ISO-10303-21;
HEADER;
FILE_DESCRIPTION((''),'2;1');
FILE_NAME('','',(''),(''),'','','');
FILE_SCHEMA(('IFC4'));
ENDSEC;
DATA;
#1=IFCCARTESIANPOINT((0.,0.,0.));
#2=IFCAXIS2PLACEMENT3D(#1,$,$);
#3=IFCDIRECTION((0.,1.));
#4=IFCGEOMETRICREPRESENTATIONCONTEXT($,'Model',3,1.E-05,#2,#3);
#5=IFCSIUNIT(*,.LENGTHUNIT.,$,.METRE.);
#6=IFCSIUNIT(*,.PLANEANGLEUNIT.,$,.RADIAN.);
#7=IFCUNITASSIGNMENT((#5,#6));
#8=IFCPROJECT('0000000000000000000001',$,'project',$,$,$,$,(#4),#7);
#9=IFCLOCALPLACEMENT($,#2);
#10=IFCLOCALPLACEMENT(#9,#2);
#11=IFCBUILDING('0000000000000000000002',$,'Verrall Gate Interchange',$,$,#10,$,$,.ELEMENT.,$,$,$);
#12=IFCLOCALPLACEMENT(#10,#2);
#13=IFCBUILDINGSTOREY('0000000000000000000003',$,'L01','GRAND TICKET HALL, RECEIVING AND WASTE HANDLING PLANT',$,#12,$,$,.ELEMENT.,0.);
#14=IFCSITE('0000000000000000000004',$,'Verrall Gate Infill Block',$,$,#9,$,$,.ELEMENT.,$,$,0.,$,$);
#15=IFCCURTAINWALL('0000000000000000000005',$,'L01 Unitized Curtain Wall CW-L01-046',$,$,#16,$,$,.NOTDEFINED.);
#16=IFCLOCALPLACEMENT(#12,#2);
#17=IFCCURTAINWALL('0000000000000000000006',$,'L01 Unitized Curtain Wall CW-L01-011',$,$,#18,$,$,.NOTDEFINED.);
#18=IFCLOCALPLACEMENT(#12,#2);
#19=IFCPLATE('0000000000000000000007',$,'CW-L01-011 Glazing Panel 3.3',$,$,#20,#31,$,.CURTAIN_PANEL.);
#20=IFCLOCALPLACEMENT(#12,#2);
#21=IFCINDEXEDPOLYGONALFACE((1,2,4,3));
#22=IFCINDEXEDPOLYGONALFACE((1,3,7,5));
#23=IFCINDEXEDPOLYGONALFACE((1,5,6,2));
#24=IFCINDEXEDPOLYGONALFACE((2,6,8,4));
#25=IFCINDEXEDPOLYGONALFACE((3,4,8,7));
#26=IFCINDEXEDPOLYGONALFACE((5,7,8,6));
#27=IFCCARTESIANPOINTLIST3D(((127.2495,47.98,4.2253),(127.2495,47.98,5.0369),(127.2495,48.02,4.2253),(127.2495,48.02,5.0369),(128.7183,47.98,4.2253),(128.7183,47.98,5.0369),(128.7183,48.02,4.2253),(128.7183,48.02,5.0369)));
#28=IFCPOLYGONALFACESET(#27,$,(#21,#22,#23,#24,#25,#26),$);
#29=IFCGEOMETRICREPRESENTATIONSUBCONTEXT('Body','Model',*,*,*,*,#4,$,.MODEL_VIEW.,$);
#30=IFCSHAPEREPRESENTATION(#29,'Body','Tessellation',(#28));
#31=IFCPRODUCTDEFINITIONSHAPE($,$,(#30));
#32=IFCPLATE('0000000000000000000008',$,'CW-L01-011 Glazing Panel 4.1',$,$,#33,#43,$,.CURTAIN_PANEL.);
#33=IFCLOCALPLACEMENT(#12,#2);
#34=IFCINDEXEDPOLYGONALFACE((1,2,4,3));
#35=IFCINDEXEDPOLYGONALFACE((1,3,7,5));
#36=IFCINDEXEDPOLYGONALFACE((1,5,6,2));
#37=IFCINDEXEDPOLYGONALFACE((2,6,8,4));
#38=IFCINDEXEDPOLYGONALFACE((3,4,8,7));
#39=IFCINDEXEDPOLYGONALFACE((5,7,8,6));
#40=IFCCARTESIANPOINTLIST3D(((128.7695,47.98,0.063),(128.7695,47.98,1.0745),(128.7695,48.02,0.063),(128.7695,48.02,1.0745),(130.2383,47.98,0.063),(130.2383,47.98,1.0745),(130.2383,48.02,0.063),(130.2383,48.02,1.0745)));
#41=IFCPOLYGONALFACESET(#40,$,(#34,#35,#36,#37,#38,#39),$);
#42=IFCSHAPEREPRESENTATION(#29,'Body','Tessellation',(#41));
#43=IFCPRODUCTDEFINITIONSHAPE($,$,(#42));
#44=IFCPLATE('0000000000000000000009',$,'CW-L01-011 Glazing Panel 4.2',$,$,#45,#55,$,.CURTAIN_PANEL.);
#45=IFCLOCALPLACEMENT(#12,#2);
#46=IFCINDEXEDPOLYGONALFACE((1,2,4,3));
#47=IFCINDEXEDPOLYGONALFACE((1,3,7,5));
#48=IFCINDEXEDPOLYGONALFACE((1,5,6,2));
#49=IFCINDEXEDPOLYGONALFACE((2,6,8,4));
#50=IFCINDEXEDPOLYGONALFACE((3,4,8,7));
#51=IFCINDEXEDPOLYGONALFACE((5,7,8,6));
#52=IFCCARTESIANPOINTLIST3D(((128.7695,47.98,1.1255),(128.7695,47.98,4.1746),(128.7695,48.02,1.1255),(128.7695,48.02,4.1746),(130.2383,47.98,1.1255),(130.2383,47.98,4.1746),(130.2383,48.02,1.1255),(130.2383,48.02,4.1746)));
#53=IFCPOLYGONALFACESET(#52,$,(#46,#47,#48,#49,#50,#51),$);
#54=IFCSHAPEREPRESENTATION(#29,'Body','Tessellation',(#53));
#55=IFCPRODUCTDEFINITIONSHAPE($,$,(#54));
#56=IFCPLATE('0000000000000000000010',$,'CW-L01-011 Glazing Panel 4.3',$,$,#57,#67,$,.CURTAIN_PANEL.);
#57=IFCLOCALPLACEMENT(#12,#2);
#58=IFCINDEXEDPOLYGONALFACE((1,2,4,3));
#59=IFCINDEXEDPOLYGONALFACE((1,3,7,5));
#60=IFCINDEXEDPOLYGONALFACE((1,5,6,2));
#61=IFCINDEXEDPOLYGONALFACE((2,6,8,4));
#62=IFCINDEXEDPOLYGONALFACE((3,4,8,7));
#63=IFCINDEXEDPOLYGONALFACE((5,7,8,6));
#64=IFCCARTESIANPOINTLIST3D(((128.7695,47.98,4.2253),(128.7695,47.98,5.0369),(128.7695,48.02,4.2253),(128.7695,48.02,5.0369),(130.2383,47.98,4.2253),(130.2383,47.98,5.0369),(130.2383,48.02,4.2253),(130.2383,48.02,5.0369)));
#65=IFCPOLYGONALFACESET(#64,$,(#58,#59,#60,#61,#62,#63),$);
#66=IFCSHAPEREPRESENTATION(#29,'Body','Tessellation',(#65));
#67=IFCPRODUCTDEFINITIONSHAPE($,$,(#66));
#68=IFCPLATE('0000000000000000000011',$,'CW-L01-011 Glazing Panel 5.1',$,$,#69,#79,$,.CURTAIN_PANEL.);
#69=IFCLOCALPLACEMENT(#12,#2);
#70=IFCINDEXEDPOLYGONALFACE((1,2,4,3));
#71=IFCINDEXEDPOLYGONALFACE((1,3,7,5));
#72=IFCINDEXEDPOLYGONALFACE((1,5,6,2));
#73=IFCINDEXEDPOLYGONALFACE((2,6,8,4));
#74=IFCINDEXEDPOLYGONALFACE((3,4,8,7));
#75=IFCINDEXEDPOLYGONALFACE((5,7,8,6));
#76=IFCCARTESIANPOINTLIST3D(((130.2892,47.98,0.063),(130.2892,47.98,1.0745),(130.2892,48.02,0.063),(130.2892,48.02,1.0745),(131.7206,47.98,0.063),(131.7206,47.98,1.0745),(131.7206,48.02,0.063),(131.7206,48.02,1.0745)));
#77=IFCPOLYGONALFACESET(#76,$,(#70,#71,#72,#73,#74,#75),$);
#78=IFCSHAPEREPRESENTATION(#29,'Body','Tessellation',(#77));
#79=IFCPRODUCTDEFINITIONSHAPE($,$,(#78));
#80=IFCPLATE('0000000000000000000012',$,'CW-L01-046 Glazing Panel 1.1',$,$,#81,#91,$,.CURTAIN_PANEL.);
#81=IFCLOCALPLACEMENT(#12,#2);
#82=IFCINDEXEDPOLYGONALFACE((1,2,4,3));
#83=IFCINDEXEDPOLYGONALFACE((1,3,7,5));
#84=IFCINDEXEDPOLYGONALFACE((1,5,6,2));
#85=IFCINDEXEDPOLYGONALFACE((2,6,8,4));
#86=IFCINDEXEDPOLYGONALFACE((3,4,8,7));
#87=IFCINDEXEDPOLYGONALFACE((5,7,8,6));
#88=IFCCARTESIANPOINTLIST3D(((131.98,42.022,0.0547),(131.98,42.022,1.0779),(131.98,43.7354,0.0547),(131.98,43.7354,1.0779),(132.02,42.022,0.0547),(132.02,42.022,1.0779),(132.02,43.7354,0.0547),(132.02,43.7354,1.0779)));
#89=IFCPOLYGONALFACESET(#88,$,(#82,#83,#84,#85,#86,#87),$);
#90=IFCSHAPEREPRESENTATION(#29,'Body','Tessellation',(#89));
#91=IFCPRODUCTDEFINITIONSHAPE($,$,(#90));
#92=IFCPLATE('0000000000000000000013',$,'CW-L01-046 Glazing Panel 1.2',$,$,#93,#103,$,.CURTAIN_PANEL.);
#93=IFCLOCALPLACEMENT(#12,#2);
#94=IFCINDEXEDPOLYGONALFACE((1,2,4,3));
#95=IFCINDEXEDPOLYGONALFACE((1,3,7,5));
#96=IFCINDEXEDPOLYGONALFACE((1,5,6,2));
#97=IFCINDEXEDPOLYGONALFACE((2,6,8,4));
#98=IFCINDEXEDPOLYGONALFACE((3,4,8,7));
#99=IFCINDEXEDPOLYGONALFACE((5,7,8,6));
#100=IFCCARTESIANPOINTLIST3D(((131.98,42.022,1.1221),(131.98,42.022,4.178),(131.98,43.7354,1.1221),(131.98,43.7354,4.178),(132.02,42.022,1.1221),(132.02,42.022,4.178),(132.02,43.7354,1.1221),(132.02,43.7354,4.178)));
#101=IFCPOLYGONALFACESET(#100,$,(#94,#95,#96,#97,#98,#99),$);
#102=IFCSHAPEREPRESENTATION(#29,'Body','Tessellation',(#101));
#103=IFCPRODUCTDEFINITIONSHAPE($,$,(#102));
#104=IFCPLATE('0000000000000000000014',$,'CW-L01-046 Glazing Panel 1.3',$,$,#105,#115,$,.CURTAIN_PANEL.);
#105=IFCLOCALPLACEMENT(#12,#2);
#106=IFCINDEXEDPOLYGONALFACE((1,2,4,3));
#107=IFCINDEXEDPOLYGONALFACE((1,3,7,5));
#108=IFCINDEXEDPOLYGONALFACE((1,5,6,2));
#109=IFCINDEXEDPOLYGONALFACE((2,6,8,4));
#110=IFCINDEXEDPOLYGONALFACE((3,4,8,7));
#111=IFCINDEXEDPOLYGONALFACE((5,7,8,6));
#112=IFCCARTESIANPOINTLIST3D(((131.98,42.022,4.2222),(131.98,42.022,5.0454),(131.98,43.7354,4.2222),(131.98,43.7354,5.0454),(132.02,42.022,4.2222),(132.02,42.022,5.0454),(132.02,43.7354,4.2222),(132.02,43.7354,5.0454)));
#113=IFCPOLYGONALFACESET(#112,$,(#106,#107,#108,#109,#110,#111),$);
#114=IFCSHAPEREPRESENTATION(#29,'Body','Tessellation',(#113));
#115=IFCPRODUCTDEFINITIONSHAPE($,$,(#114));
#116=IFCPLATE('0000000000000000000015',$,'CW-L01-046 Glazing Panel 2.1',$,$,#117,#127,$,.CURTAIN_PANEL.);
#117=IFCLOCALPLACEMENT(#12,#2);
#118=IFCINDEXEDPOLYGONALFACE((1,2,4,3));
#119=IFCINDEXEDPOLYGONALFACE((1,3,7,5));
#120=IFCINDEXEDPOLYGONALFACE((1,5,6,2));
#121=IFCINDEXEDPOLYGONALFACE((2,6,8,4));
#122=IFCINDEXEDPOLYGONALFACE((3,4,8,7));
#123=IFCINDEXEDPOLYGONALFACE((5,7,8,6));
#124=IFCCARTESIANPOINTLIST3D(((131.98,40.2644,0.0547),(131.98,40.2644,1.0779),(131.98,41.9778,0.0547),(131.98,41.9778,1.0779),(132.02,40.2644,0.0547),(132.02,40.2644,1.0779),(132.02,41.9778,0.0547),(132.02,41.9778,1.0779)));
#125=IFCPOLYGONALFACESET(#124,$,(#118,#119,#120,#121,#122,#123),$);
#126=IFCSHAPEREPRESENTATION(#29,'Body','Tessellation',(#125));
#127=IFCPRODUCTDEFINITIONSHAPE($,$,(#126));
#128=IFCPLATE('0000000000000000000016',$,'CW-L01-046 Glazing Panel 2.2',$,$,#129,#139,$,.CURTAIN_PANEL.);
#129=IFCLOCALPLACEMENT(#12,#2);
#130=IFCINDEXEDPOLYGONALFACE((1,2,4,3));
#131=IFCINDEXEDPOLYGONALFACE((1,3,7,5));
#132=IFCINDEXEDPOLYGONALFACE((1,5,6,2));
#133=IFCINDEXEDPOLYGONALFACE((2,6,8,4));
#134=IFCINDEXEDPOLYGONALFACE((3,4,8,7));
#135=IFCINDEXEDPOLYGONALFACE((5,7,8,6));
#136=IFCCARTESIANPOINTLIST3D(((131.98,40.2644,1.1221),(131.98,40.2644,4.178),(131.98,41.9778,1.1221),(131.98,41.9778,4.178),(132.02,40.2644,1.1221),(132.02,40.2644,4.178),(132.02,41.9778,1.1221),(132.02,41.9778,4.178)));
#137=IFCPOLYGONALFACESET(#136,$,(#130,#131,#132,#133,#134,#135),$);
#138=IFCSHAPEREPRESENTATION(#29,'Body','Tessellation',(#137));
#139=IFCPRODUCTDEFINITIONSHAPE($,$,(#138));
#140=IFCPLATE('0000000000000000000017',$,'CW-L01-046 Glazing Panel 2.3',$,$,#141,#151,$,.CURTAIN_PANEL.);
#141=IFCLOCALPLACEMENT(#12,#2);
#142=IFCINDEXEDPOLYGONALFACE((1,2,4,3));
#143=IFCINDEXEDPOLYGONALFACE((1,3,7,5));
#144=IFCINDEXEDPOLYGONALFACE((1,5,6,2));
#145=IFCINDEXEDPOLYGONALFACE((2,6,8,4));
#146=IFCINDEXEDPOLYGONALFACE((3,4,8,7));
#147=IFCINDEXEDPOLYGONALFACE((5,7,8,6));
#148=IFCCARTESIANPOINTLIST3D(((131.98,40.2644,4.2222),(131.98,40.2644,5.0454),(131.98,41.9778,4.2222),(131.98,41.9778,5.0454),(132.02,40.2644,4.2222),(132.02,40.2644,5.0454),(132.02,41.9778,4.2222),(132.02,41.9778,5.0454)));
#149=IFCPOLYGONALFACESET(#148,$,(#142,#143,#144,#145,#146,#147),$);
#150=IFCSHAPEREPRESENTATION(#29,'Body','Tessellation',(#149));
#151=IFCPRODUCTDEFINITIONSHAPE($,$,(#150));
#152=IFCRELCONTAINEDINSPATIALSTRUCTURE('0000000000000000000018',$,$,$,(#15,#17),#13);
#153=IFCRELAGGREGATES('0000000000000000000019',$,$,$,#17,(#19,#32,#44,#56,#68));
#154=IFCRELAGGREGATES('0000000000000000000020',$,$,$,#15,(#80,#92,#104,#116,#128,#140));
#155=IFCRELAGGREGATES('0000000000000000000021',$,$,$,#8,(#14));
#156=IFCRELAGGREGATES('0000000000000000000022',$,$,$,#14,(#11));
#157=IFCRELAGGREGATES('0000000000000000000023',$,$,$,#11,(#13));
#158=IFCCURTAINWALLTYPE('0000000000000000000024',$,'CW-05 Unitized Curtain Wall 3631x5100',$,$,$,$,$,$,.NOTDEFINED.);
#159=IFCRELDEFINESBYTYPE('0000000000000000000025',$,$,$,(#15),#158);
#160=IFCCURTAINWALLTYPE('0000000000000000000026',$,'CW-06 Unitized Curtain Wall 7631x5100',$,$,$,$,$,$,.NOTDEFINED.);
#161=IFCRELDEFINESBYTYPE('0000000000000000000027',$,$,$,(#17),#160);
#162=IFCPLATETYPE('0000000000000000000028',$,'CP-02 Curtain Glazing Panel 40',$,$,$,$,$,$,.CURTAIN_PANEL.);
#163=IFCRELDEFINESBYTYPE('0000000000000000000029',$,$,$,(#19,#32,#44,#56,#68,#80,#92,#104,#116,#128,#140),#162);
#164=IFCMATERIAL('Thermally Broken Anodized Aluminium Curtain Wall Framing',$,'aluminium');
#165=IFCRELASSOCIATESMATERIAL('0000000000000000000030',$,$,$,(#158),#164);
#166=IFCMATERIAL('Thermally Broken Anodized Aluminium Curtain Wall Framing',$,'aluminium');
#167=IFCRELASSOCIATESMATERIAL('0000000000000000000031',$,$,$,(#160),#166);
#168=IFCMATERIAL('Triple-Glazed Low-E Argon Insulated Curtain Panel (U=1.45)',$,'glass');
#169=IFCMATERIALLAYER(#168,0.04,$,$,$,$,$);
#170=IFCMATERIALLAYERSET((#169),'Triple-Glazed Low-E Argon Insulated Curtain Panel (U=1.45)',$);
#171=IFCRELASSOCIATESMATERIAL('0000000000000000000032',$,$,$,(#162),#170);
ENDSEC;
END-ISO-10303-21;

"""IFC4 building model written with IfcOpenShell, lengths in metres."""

from ifc_helpers import new_model, si_unit, direction, frame, origin, origin_2d, place, context, subcontext, project, spatial, rectangle, extrude, material, layer, layer_set, type_object, element, aggregate, save


model = new_model("IFC4")

# Units and contexts
model_context = context("Model", 3, precision=1e-05, world=origin(), true_north=direction((0.0, 1.0)))
body_context = subcontext(model_context, "Body", "Model", "MODEL_VIEW")
ifc_project = project(units=[si_unit("LENGTHUNIT", "METRE"), si_unit("PLANEANGLEUNIT", "RADIAN")], contexts=[model_context])

# Site, building, storey
site_placement = place(None, origin())
site = spatial("IfcSite", under=ifc_project, at=site_placement, Name="Verrall Gate Infill Block", CompositionType="ELEMENT", RefElevation=0.0)
building_placement = place(site_placement, origin())
building = spatial("IfcBuilding", under=site, at=building_placement, Name="Verrall Gate Interchange", CompositionType="ELEMENT")
storey_placement = place(building_placement, origin())
storey = spatial("IfcBuildingStorey", under=building, at=storey_placement, Name="L01", Description="GRAND TICKET HALL, RECEIVING AND WASTE HANDLING PLANT", CompositionType="ELEMENT", Elevation=0.0)

# Curtain walls
ifc_material_1 = material(Name="Thermally Broken Anodized Aluminium Curtain Wall Framing", Category="aluminium")
curtain_wall_type_1 = type_object("IfcCurtainWallType", Name="CW-05 Unitized Curtain Wall 3631x5100", PredefinedType="NOTDEFINED", material=ifc_material_1)
curtain_wall_1_placement = place(storey_placement, origin())
curtain_wall_1 = element("IfcCurtainWall", 1, at=curtain_wall_1_placement, inside=storey, type_object=curtain_wall_type_1, Name="L01 Unitized Curtain Wall CW-L01-046", PredefinedType="NOTDEFINED")
ifc_material_2 = material(Name="Thermally Broken Anodized Aluminium Curtain Wall Framing", Category="aluminium")
curtain_wall_type_2 = type_object("IfcCurtainWallType", Name="CW-06 Unitized Curtain Wall 7631x5100", PredefinedType="NOTDEFINED", material=ifc_material_2)
curtain_wall_2_placement = place(storey_placement, origin())
curtain_wall_2 = element("IfcCurtainWall", 2, at=curtain_wall_2_placement, inside=storey, type_object=curtain_wall_type_2, Name="L01 Unitized Curtain Wall CW-L01-011", PredefinedType="NOTDEFINED")

# Plates
ifc_material_3 = material(Name="Triple-Glazed Low-E Argon Insulated Curtain Panel (U=1.45)", Category="glass")
ifc_layer = layer(ifc_material_3, 0.04)
ifc_layer_set = layer_set([ifc_layer], Name="Triple-Glazed Low-E Argon Insulated Curtain Panel (U=1.45)")
plate_type = type_object("IfcPlateType", Name="CP-02 Curtain Glazing Panel 40", PredefinedType="CURTAIN_PANEL", material=ifc_layer_set)
plate_1_placement = place(storey_placement, frame((127.9839, 48.0, 4.2253), z_axis=(0.0, 0.0, 1.0), x_axis=(1.0, 0.0, 0.0)))
plate_1 = element("IfcPlate", 3, at=plate_1_placement, type_object=plate_type, Name="CW-L01-011 Glazing Panel 3.3", PredefinedType="CURTAIN_PANEL", context=body_context, shape_type="SweptSolid", body=[
    extrude(rectangle(XDim=1.4688, YDim=0.04, at=origin_2d()), origin(), (0.0, 0.0, 1.0), 0.8115),
])
plate_2_placement = place(storey_placement, frame((129.5039, 48.0, 0.063), z_axis=(0.0, 0.0, 1.0), x_axis=(1.0, 0.0, 0.0)))
plate_2 = element("IfcPlate", 4, at=plate_2_placement, type_object=plate_type, Name="CW-L01-011 Glazing Panel 4.1", PredefinedType="CURTAIN_PANEL", context=body_context, shape_type="SweptSolid", body=[
    extrude(rectangle(XDim=1.4688, YDim=0.04, at=origin_2d()), origin(), (0.0, 0.0, 1.0), 1.0115),
])
plate_3_placement = place(storey_placement, frame((129.5039, 48.0, 1.1255), z_axis=(0.0, 0.0, 1.0), x_axis=(1.0, 0.0, 0.0)))
plate_3 = element("IfcPlate", 5, at=plate_3_placement, type_object=plate_type, Name="CW-L01-011 Glazing Panel 4.2", PredefinedType="CURTAIN_PANEL", context=body_context, shape_type="SweptSolid", body=[
    extrude(rectangle(XDim=1.4688, YDim=0.04, at=origin_2d()), origin(), (0.0, 0.0, 1.0), 3.0491),
])
plate_4_placement = place(storey_placement, frame((129.5039, 48.0, 4.2253), z_axis=(0.0, 0.0, 1.0), x_axis=(1.0, 0.0, 0.0)))
plate_4 = element("IfcPlate", 6, at=plate_4_placement, type_object=plate_type, Name="CW-L01-011 Glazing Panel 4.3", PredefinedType="CURTAIN_PANEL", context=body_context, shape_type="SweptSolid", body=[
    extrude(rectangle(XDim=1.4688, YDim=0.04, at=origin_2d()), origin(), (0.0, 0.0, 1.0), 0.8115),
])
plate_5_placement = place(storey_placement, frame((131.0049, 48.0, 0.063), z_axis=(0.0, 0.0, 1.0), x_axis=(1.0, 0.0, 0.0)))
plate_5 = element("IfcPlate", 7, at=plate_5_placement, type_object=plate_type, Name="CW-L01-011 Glazing Panel 5.1", PredefinedType="CURTAIN_PANEL", context=body_context, shape_type="SweptSolid", body=[
    extrude(rectangle(XDim=1.4314, YDim=0.04, at=origin_2d()), origin(), (0.0, 0.0, 1.0), 1.0115),
])
aggregate(curtain_wall_2, [plate_1, plate_2, plate_3, plate_4, plate_5])
plate_6_placement = place(storey_placement, frame((132.0, 42.8787, 0.0547), z_axis=(0.0, 0.0, 1.0), x_axis=(0.0, -1.0, 0.0)))
plate_6 = element("IfcPlate", 8, at=plate_6_placement, type_object=plate_type, Name="CW-L01-046 Glazing Panel 1.1", PredefinedType="CURTAIN_PANEL", context=body_context, shape_type="SweptSolid", body=[
    extrude(rectangle(XDim=1.7134, YDim=0.04, at=origin_2d()), origin(), (0.0, 0.0, 1.0), 1.0232),
])
plate_7_placement = place(storey_placement, frame((132.0, 42.8787, 1.1221), z_axis=(0.0, 0.0, 1.0), x_axis=(0.0, -1.0, 0.0)))
plate_7 = element("IfcPlate", 9, at=plate_7_placement, type_object=plate_type, Name="CW-L01-046 Glazing Panel 1.2", PredefinedType="CURTAIN_PANEL", context=body_context, shape_type="SweptSolid", body=[
    extrude(rectangle(XDim=1.7134, YDim=0.04, at=origin_2d()), origin(), (0.0, 0.0, 1.0), 3.0559),
])
plate_8_placement = place(storey_placement, frame((132.0, 42.8787, 4.2222), z_axis=(0.0, 0.0, 1.0), x_axis=(0.0, -1.0, 0.0)))
plate_8 = element("IfcPlate", 10, at=plate_8_placement, type_object=plate_type, Name="CW-L01-046 Glazing Panel 1.3", PredefinedType="CURTAIN_PANEL", context=body_context, shape_type="SweptSolid", body=[
    extrude(rectangle(XDim=1.7134, YDim=0.04, at=origin_2d()), origin(), (0.0, 0.0, 1.0), 0.8232),
])
plate_9_placement = place(storey_placement, frame((132.0, 41.1211, 0.0547), z_axis=(0.0, 0.0, 1.0), x_axis=(0.0, -1.0, 0.0)))
plate_9 = element("IfcPlate", 11, at=plate_9_placement, type_object=plate_type, Name="CW-L01-046 Glazing Panel 2.1", PredefinedType="CURTAIN_PANEL", context=body_context, shape_type="SweptSolid", body=[
    extrude(rectangle(XDim=1.7134, YDim=0.04, at=origin_2d()), origin(), (0.0, 0.0, 1.0), 1.0232),
])
plate_10_placement = place(storey_placement, frame((132.0, 41.1211, 1.1221), z_axis=(0.0, 0.0, 1.0), x_axis=(0.0, -1.0, 0.0)))
plate_10 = element("IfcPlate", 12, at=plate_10_placement, type_object=plate_type, Name="CW-L01-046 Glazing Panel 2.2", PredefinedType="CURTAIN_PANEL", context=body_context, shape_type="SweptSolid", body=[
    extrude(rectangle(XDim=1.7134, YDim=0.04, at=origin_2d()), origin(), (0.0, 0.0, 1.0), 3.0559),
])
plate_11_placement = place(storey_placement, frame((132.0, 41.1211, 4.2222), z_axis=(0.0, 0.0, 1.0), x_axis=(0.0, -1.0, 0.0)))
plate_11 = element("IfcPlate", 13, at=plate_11_placement, type_object=plate_type, Name="CW-L01-046 Glazing Panel 2.3", PredefinedType="CURTAIN_PANEL", context=body_context, shape_type="SweptSolid", body=[
    extrude(rectangle(XDim=1.7134, YDim=0.04, at=origin_2d()), origin(), (0.0, 0.0, 1.0), 0.8232),
])
aggregate(curtain_wall_1, [plate_6, plate_7, plate_8, plate_9, plate_10, plate_11])

save(model, "model.ifc")
